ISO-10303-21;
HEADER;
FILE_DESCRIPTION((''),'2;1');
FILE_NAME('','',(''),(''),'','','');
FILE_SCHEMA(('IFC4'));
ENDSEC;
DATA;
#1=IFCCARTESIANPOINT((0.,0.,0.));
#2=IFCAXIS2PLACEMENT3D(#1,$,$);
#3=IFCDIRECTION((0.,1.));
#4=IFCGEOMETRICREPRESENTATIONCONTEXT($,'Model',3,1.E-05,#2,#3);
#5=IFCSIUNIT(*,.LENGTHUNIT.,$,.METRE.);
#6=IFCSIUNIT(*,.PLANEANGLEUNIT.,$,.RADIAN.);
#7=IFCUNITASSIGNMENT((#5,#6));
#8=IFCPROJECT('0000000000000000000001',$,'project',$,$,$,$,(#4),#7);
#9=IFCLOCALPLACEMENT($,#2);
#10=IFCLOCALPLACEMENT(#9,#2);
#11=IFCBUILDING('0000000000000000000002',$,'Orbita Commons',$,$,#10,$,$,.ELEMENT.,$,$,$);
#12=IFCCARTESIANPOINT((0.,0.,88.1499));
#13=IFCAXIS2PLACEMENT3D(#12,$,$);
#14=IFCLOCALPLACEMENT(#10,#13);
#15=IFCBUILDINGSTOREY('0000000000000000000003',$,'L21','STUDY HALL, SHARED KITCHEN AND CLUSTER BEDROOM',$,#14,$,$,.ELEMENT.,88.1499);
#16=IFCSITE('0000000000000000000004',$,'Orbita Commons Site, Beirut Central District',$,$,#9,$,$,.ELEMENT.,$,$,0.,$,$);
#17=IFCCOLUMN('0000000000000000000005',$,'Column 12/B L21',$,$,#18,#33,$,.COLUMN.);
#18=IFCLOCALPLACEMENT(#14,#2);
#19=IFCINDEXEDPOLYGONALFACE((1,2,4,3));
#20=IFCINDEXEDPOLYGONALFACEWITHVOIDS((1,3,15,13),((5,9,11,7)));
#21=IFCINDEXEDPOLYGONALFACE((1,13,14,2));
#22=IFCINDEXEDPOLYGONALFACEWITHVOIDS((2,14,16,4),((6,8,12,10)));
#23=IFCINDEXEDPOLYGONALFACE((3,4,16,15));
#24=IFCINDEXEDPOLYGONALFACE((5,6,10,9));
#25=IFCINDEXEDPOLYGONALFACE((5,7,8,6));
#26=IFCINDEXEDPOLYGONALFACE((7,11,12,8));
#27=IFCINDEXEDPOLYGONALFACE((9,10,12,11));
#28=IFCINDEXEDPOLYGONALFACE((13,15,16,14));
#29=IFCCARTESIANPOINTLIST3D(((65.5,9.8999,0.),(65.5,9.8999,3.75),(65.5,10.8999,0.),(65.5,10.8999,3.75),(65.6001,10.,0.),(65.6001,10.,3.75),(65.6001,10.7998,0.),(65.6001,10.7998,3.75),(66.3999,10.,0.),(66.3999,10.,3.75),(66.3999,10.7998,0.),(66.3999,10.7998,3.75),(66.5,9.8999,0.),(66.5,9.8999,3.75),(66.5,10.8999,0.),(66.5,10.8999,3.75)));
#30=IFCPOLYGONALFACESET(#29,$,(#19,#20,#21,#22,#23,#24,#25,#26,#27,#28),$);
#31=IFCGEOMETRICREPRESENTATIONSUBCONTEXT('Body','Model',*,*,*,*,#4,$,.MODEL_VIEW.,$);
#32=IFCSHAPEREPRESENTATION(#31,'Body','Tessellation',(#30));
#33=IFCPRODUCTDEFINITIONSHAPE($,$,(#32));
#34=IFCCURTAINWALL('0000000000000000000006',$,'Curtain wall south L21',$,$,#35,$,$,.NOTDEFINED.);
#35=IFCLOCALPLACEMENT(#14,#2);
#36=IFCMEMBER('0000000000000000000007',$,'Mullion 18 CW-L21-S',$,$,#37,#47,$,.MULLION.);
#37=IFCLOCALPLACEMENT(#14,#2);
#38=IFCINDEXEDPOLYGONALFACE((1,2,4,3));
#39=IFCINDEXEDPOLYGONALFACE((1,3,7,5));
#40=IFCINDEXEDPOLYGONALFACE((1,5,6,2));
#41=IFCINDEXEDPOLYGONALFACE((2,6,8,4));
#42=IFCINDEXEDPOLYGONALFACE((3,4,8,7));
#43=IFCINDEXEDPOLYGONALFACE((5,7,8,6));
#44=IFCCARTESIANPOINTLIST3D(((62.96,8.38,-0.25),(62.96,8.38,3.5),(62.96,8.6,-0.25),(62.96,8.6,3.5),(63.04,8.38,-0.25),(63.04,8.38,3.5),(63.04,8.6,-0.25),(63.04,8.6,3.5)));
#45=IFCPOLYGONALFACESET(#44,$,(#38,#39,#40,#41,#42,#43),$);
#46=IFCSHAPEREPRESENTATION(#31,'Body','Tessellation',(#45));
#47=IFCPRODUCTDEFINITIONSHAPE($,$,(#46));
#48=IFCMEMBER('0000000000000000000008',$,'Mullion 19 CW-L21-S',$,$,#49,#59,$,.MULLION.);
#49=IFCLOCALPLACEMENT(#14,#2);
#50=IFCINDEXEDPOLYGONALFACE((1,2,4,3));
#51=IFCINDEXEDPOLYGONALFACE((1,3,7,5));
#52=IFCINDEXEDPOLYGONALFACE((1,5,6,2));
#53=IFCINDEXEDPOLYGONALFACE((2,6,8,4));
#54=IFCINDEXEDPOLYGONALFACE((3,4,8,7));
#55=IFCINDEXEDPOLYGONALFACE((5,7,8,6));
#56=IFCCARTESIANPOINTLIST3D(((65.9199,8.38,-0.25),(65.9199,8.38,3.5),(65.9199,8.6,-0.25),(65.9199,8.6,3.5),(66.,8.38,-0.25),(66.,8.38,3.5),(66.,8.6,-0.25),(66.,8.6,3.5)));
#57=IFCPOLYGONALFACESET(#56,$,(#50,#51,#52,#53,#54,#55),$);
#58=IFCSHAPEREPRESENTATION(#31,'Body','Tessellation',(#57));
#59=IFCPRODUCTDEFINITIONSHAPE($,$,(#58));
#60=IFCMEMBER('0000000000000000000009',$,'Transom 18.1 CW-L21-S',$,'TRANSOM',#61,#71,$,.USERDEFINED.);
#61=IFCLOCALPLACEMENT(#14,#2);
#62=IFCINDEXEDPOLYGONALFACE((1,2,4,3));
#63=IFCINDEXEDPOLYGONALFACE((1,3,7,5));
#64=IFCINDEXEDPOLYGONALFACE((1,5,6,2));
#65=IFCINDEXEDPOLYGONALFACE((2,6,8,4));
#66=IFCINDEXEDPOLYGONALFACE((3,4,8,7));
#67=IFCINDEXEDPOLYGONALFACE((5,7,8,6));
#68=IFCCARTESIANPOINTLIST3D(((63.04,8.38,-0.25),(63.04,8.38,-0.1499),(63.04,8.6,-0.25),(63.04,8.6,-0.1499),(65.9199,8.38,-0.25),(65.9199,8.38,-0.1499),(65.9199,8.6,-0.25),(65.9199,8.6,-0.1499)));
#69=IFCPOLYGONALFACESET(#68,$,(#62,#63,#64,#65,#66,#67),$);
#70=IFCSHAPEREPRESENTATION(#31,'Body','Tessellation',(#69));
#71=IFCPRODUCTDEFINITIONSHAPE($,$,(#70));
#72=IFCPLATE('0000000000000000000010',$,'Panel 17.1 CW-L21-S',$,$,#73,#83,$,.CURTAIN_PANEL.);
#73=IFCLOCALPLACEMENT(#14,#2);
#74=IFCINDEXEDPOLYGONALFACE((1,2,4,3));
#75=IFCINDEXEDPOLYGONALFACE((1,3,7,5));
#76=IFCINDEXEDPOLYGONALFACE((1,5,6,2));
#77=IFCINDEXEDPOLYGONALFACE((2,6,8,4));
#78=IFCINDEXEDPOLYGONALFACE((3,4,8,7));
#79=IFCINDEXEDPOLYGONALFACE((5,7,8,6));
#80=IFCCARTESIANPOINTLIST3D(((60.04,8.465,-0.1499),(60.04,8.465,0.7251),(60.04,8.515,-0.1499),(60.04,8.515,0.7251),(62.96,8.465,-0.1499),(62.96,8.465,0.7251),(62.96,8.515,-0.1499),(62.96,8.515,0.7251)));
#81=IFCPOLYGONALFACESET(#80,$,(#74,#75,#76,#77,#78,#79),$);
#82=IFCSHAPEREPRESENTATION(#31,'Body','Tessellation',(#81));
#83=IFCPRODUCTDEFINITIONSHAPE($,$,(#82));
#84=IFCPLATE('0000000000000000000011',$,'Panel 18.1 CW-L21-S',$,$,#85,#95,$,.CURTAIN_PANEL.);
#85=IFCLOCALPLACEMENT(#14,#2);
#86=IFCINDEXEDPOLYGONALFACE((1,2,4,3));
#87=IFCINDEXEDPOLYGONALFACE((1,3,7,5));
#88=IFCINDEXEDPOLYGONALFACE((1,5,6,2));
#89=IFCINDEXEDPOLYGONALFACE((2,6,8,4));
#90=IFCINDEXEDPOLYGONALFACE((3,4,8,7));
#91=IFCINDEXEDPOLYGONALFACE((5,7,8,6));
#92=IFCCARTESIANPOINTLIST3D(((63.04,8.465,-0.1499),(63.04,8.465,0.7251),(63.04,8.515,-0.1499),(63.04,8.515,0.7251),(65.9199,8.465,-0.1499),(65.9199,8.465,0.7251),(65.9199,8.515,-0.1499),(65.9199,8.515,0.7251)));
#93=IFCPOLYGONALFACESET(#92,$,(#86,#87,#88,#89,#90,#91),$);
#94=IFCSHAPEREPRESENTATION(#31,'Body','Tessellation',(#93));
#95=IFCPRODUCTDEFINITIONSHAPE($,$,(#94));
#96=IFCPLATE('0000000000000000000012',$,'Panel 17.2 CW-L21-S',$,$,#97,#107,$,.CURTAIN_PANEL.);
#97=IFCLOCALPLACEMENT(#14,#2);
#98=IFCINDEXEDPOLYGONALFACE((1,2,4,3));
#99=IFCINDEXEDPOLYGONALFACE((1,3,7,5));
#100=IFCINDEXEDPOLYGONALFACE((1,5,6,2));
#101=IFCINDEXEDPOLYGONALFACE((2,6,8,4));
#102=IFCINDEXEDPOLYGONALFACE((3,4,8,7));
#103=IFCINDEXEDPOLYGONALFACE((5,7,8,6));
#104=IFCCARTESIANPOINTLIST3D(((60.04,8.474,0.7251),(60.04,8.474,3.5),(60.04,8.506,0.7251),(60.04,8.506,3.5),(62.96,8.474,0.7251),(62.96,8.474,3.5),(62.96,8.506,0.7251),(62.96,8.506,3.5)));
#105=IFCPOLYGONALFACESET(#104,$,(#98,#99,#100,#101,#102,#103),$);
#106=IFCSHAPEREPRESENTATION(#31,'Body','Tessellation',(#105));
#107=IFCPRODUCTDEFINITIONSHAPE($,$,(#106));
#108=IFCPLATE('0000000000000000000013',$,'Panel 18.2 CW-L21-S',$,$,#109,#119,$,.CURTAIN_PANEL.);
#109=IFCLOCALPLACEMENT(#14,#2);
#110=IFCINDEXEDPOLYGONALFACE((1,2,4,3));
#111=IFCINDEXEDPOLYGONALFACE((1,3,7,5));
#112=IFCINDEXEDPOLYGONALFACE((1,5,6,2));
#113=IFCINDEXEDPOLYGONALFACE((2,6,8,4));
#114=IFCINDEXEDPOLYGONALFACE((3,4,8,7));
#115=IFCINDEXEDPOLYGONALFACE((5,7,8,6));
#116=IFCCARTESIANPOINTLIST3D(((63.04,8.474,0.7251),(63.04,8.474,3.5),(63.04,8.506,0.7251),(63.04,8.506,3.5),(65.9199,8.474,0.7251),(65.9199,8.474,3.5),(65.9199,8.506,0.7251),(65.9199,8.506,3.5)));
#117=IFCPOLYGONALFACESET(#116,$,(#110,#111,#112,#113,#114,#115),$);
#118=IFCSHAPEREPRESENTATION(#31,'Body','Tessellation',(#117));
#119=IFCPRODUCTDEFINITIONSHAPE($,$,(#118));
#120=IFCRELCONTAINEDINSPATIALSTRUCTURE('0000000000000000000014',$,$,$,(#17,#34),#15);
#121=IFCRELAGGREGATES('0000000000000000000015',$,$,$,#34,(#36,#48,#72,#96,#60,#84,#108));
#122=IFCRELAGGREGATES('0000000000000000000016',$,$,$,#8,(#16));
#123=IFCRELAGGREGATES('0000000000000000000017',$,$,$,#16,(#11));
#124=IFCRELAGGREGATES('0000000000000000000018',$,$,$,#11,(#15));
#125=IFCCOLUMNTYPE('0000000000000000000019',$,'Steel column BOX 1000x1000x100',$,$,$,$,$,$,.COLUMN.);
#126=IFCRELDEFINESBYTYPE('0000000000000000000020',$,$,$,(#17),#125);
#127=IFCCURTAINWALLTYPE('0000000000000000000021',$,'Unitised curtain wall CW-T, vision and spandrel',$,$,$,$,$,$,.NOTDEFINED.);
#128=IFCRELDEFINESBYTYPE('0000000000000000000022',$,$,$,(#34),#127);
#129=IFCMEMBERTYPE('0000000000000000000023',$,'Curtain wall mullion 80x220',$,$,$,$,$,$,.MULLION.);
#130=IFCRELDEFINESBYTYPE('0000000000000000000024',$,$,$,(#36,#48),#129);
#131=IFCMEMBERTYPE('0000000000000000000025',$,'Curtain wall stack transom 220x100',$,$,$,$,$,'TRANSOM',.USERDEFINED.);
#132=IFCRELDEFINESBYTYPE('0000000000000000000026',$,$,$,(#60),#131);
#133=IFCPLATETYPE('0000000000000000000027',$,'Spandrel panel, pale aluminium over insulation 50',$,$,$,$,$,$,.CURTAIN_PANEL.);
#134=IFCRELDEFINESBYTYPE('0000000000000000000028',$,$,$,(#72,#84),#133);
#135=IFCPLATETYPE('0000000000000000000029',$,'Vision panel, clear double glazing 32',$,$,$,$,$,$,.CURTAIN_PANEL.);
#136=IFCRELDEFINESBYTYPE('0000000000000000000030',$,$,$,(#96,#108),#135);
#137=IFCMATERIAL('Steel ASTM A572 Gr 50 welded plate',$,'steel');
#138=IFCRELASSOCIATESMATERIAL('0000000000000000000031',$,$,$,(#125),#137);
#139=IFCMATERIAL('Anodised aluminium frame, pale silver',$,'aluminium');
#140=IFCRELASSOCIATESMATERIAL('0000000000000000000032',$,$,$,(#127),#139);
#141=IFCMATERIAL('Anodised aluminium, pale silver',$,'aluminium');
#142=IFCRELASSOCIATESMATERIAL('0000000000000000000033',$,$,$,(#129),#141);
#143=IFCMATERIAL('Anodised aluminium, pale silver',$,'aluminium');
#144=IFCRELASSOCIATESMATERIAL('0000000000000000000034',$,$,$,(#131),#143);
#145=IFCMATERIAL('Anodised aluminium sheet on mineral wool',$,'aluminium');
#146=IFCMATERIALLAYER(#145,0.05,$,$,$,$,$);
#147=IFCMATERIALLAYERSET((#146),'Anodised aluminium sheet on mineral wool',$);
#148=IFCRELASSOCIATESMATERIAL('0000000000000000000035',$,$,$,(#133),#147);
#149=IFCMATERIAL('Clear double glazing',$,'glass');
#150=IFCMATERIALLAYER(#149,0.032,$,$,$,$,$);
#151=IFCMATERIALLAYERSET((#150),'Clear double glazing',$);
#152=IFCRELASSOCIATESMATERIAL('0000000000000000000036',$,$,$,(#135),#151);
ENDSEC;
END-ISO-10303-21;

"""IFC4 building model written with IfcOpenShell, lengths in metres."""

from ifc_helpers import new_model, si_unit, direction, frame, origin, origin_2d, place, context, subcontext, project, spatial, rectangle, hollow_rectangle, extrude, material, layer, layer_set, material_profile, profile_set, type_object, element, aggregate, save


model = new_model("IFC4")

# Units and contexts
model_context = context("Model", 3, precision=1e-05, world=origin(), true_north=direction((0.0, 1.0)))
body_context = subcontext(model_context, "Body", "Model", "MODEL_VIEW")
ifc_project = project(units=[si_unit("LENGTHUNIT", "METRE"), si_unit("PLANEANGLEUNIT", "RADIAN")], contexts=[model_context])

# Site, building, storey
site_placement = place(None, origin())
site = spatial("IfcSite", under=ifc_project, at=site_placement, Name="Orbita Commons Site, Beirut Central District", CompositionType="ELEMENT", RefElevation=0.0)
building_placement = place(site_placement, origin())
building = spatial("IfcBuilding", under=site, at=building_placement, Name="Orbita Commons", CompositionType="ELEMENT")
storey_placement = place(building_placement, frame((0.0, 0.0, 88.1499)))
storey = spatial("IfcBuildingStorey", under=building, at=storey_placement, Name="L21", Description="STUDY HALL, SHARED KITCHEN AND CLUSTER BEDROOM", CompositionType="ELEMENT", Elevation=88.1499)

# Column
ifc_material_1 = material(Name="Steel ASTM A572 Gr 50 welded plate", Category="steel")
ifc_material_profile_1 = material_profile(ifc_material_1, hollow_rectangle(XDim=1.0, YDim=1.0, WallThickness=0.1001, at=origin_2d()), Name="BOX 1000x1000x100")
ifc_profile_set_1 = profile_set([ifc_material_profile_1], Name="Steel ASTM A572 Gr 50 welded plate")
column_type = type_object("IfcColumnType", Name="Steel column BOX 1000x1000x100", PredefinedType="COLUMN", material=ifc_profile_set_1)
column_placement = place(storey_placement, frame((66.0, 10.3999, 0.0), z_axis=(0.0, 0.0, 1.0), x_axis=(1.0, 0.0, 0.0)))
element("IfcColumn", 1, at=column_placement, inside=storey, type_object=column_type, Name="Column 12/B L21", PredefinedType="COLUMN", context=body_context, shape_type="SweptSolid", body=[
    extrude(hollow_rectangle(XDim=1.0, YDim=1.0, WallThickness=0.1001, at=origin_2d()), origin(), (0.0, 0.0, 1.0), 3.75),
])

# Curtain wall, members, plates
ifc_material_2 = material(Name="Anodised aluminium frame, pale silver", Category="aluminium")
curtain_wall_type = type_object("IfcCurtainWallType", Name="Unitised curtain wall CW-T, vision and spandrel", PredefinedType="NOTDEFINED", material=ifc_material_2)
curtain_wall_placement = place(storey_placement, origin())
curtain_wall = element("IfcCurtainWall", 2, at=curtain_wall_placement, inside=storey, type_object=curtain_wall_type, Name="Curtain wall south L21", PredefinedType="NOTDEFINED")
ifc_material_3 = material(Name="Anodised aluminium, pale silver", Category="aluminium")
ifc_material_profile_2 = material_profile(ifc_material_3, rectangle(XDim=0.0801, YDim=0.22, at=origin_2d()), Name="AL 80x220")
ifc_profile_set_2 = profile_set([ifc_material_profile_2], Name="Anodised aluminium, pale silver")
member_type_1 = type_object("IfcMemberType", Name="Curtain wall mullion 80x220", PredefinedType="MULLION", material=ifc_profile_set_2)
member_1_placement = place(storey_placement, frame((63.0, 8.49, -0.25), z_axis=(0.0, 0.0, 1.0), x_axis=(1.0, 0.0, 0.0)))
member_1 = element("IfcMember", 3, at=member_1_placement, type_object=member_type_1, Name="Mullion 18 CW-L21-S", PredefinedType="MULLION", context=body_context, shape_type="SweptSolid", body=[
    extrude(rectangle(XDim=0.0801, YDim=0.22, at=origin_2d()), origin(), (0.0, 0.0, 1.0), 3.75),
])
member_2_placement = place(storey_placement, frame((65.96, 8.49, -0.25), z_axis=(0.0, 0.0, 1.0), x_axis=(1.0, 0.0, 0.0)))
member_2 = element("IfcMember", 4, at=member_2_placement, type_object=member_type_1, Name="Mullion 19 CW-L21-S", PredefinedType="MULLION", context=body_context, shape_type="SweptSolid", body=[
    extrude(rectangle(XDim=0.0801, YDim=0.22, at=origin_2d()), origin(), (0.0, 0.0, 1.0), 3.75),
])
ifc_material_4 = material(Name="Anodised aluminium, pale silver", Category="aluminium")
ifc_material_profile_3 = material_profile(ifc_material_4, rectangle(XDim=0.22, YDim=0.1001, at=origin_2d()), Name="AL 220x100")
ifc_profile_set_3 = profile_set([ifc_material_profile_3], Name="Anodised aluminium, pale silver")
member_type_2 = type_object("IfcMemberType", Name="Curtain wall stack transom 220x100", ElementType="TRANSOM", PredefinedType="USERDEFINED", material=ifc_profile_set_3)
member_3_placement = place(storey_placement, frame((63.04, 8.49, -0.2), z_axis=(1.0, 0.0, 0.0), x_axis=(0.0, 1.0, 0.0)))
member_3 = element("IfcMember", 5, at=member_3_placement, type_object=member_type_2, Name="Transom 18.1 CW-L21-S", ObjectType="TRANSOM", PredefinedType="USERDEFINED", context=body_context, shape_type="SweptSolid", body=[
    extrude(rectangle(XDim=0.22, YDim=0.1001, at=origin_2d()), origin(), (0.0, 0.0, 1.0), 2.8799),
])
ifc_material_5 = material(Name="Anodised aluminium sheet on mineral wool", Category="aluminium")
ifc_layer_1 = layer(ifc_material_5, 0.05)
ifc_layer_set_1 = layer_set([ifc_layer_1], Name="Anodised aluminium sheet on mineral wool")
plate_type_1 = type_object("IfcPlateType", Name="Spandrel panel, pale aluminium over insulation 50", PredefinedType="CURTAIN_PANEL", material=ifc_layer_set_1)
plate_1_placement = place(storey_placement, frame((61.5, 8.49, -0.1499), z_axis=(0.0, 0.0, 1.0), x_axis=(1.0, 0.0, 0.0)))
plate_1 = element("IfcPlate", 6, at=plate_1_placement, type_object=plate_type_1, Name="Panel 17.1 CW-L21-S", PredefinedType="CURTAIN_PANEL", context=body_context, shape_type="SweptSolid", body=[
    extrude(rectangle(XDim=2.9199, YDim=0.05, at=origin_2d()), origin(), (0.0, 0.0, 1.0), 0.875),
])
plate_2_placement = place(storey_placement, frame((64.48, 8.49, -0.1499), z_axis=(0.0, 0.0, 1.0), x_axis=(1.0, 0.0, 0.0)))
plate_2 = element("IfcPlate", 7, at=plate_2_placement, type_object=plate_type_1, Name="Panel 18.1 CW-L21-S", PredefinedType="CURTAIN_PANEL", context=body_context, shape_type="SweptSolid", body=[
    extrude(rectangle(XDim=2.8799, YDim=0.05, at=origin_2d()), origin(), (0.0, 0.0, 1.0), 0.875),
])
ifc_material_6 = material(Name="Clear double glazing", Category="glass")
ifc_layer_2 = layer(ifc_material_6, 0.032)
ifc_layer_set_2 = layer_set([ifc_layer_2], Name="Clear double glazing")
plate_type_2 = type_object("IfcPlateType", Name="Vision panel, clear double glazing 32", PredefinedType="CURTAIN_PANEL", material=ifc_layer_set_2)
plate_3_placement = place(storey_placement, frame((61.5, 8.49, 0.7251), z_axis=(0.0, 0.0, 1.0), x_axis=(1.0, 0.0, 0.0)))
plate_3 = element("IfcPlate", 8, at=plate_3_placement, type_object=plate_type_2, Name="Panel 17.2 CW-L21-S", PredefinedType="CURTAIN_PANEL", context=body_context, shape_type="SweptSolid", body=[
    extrude(rectangle(XDim=2.9199, YDim=0.032, at=origin_2d()), origin(), (0.0, 0.0, 1.0), 2.7749),
])
plate_4_placement = place(storey_placement, frame((64.48, 8.49, 0.7251), z_axis=(0.0, 0.0, 1.0), x_axis=(1.0, 0.0, 0.0)))
plate_4 = element("IfcPlate", 9, at=plate_4_placement, type_object=plate_type_2, Name="Panel 18.2 CW-L21-S", PredefinedType="CURTAIN_PANEL", context=body_context, shape_type="SweptSolid", body=[
    extrude(rectangle(XDim=2.8799, YDim=0.032, at=origin_2d()), origin(), (0.0, 0.0, 1.0), 2.7749),
])
aggregate(curtain_wall, [member_1, member_2, plate_1, plate_3, member_3, plate_2, plate_4])

save(model, "model.ifc")
